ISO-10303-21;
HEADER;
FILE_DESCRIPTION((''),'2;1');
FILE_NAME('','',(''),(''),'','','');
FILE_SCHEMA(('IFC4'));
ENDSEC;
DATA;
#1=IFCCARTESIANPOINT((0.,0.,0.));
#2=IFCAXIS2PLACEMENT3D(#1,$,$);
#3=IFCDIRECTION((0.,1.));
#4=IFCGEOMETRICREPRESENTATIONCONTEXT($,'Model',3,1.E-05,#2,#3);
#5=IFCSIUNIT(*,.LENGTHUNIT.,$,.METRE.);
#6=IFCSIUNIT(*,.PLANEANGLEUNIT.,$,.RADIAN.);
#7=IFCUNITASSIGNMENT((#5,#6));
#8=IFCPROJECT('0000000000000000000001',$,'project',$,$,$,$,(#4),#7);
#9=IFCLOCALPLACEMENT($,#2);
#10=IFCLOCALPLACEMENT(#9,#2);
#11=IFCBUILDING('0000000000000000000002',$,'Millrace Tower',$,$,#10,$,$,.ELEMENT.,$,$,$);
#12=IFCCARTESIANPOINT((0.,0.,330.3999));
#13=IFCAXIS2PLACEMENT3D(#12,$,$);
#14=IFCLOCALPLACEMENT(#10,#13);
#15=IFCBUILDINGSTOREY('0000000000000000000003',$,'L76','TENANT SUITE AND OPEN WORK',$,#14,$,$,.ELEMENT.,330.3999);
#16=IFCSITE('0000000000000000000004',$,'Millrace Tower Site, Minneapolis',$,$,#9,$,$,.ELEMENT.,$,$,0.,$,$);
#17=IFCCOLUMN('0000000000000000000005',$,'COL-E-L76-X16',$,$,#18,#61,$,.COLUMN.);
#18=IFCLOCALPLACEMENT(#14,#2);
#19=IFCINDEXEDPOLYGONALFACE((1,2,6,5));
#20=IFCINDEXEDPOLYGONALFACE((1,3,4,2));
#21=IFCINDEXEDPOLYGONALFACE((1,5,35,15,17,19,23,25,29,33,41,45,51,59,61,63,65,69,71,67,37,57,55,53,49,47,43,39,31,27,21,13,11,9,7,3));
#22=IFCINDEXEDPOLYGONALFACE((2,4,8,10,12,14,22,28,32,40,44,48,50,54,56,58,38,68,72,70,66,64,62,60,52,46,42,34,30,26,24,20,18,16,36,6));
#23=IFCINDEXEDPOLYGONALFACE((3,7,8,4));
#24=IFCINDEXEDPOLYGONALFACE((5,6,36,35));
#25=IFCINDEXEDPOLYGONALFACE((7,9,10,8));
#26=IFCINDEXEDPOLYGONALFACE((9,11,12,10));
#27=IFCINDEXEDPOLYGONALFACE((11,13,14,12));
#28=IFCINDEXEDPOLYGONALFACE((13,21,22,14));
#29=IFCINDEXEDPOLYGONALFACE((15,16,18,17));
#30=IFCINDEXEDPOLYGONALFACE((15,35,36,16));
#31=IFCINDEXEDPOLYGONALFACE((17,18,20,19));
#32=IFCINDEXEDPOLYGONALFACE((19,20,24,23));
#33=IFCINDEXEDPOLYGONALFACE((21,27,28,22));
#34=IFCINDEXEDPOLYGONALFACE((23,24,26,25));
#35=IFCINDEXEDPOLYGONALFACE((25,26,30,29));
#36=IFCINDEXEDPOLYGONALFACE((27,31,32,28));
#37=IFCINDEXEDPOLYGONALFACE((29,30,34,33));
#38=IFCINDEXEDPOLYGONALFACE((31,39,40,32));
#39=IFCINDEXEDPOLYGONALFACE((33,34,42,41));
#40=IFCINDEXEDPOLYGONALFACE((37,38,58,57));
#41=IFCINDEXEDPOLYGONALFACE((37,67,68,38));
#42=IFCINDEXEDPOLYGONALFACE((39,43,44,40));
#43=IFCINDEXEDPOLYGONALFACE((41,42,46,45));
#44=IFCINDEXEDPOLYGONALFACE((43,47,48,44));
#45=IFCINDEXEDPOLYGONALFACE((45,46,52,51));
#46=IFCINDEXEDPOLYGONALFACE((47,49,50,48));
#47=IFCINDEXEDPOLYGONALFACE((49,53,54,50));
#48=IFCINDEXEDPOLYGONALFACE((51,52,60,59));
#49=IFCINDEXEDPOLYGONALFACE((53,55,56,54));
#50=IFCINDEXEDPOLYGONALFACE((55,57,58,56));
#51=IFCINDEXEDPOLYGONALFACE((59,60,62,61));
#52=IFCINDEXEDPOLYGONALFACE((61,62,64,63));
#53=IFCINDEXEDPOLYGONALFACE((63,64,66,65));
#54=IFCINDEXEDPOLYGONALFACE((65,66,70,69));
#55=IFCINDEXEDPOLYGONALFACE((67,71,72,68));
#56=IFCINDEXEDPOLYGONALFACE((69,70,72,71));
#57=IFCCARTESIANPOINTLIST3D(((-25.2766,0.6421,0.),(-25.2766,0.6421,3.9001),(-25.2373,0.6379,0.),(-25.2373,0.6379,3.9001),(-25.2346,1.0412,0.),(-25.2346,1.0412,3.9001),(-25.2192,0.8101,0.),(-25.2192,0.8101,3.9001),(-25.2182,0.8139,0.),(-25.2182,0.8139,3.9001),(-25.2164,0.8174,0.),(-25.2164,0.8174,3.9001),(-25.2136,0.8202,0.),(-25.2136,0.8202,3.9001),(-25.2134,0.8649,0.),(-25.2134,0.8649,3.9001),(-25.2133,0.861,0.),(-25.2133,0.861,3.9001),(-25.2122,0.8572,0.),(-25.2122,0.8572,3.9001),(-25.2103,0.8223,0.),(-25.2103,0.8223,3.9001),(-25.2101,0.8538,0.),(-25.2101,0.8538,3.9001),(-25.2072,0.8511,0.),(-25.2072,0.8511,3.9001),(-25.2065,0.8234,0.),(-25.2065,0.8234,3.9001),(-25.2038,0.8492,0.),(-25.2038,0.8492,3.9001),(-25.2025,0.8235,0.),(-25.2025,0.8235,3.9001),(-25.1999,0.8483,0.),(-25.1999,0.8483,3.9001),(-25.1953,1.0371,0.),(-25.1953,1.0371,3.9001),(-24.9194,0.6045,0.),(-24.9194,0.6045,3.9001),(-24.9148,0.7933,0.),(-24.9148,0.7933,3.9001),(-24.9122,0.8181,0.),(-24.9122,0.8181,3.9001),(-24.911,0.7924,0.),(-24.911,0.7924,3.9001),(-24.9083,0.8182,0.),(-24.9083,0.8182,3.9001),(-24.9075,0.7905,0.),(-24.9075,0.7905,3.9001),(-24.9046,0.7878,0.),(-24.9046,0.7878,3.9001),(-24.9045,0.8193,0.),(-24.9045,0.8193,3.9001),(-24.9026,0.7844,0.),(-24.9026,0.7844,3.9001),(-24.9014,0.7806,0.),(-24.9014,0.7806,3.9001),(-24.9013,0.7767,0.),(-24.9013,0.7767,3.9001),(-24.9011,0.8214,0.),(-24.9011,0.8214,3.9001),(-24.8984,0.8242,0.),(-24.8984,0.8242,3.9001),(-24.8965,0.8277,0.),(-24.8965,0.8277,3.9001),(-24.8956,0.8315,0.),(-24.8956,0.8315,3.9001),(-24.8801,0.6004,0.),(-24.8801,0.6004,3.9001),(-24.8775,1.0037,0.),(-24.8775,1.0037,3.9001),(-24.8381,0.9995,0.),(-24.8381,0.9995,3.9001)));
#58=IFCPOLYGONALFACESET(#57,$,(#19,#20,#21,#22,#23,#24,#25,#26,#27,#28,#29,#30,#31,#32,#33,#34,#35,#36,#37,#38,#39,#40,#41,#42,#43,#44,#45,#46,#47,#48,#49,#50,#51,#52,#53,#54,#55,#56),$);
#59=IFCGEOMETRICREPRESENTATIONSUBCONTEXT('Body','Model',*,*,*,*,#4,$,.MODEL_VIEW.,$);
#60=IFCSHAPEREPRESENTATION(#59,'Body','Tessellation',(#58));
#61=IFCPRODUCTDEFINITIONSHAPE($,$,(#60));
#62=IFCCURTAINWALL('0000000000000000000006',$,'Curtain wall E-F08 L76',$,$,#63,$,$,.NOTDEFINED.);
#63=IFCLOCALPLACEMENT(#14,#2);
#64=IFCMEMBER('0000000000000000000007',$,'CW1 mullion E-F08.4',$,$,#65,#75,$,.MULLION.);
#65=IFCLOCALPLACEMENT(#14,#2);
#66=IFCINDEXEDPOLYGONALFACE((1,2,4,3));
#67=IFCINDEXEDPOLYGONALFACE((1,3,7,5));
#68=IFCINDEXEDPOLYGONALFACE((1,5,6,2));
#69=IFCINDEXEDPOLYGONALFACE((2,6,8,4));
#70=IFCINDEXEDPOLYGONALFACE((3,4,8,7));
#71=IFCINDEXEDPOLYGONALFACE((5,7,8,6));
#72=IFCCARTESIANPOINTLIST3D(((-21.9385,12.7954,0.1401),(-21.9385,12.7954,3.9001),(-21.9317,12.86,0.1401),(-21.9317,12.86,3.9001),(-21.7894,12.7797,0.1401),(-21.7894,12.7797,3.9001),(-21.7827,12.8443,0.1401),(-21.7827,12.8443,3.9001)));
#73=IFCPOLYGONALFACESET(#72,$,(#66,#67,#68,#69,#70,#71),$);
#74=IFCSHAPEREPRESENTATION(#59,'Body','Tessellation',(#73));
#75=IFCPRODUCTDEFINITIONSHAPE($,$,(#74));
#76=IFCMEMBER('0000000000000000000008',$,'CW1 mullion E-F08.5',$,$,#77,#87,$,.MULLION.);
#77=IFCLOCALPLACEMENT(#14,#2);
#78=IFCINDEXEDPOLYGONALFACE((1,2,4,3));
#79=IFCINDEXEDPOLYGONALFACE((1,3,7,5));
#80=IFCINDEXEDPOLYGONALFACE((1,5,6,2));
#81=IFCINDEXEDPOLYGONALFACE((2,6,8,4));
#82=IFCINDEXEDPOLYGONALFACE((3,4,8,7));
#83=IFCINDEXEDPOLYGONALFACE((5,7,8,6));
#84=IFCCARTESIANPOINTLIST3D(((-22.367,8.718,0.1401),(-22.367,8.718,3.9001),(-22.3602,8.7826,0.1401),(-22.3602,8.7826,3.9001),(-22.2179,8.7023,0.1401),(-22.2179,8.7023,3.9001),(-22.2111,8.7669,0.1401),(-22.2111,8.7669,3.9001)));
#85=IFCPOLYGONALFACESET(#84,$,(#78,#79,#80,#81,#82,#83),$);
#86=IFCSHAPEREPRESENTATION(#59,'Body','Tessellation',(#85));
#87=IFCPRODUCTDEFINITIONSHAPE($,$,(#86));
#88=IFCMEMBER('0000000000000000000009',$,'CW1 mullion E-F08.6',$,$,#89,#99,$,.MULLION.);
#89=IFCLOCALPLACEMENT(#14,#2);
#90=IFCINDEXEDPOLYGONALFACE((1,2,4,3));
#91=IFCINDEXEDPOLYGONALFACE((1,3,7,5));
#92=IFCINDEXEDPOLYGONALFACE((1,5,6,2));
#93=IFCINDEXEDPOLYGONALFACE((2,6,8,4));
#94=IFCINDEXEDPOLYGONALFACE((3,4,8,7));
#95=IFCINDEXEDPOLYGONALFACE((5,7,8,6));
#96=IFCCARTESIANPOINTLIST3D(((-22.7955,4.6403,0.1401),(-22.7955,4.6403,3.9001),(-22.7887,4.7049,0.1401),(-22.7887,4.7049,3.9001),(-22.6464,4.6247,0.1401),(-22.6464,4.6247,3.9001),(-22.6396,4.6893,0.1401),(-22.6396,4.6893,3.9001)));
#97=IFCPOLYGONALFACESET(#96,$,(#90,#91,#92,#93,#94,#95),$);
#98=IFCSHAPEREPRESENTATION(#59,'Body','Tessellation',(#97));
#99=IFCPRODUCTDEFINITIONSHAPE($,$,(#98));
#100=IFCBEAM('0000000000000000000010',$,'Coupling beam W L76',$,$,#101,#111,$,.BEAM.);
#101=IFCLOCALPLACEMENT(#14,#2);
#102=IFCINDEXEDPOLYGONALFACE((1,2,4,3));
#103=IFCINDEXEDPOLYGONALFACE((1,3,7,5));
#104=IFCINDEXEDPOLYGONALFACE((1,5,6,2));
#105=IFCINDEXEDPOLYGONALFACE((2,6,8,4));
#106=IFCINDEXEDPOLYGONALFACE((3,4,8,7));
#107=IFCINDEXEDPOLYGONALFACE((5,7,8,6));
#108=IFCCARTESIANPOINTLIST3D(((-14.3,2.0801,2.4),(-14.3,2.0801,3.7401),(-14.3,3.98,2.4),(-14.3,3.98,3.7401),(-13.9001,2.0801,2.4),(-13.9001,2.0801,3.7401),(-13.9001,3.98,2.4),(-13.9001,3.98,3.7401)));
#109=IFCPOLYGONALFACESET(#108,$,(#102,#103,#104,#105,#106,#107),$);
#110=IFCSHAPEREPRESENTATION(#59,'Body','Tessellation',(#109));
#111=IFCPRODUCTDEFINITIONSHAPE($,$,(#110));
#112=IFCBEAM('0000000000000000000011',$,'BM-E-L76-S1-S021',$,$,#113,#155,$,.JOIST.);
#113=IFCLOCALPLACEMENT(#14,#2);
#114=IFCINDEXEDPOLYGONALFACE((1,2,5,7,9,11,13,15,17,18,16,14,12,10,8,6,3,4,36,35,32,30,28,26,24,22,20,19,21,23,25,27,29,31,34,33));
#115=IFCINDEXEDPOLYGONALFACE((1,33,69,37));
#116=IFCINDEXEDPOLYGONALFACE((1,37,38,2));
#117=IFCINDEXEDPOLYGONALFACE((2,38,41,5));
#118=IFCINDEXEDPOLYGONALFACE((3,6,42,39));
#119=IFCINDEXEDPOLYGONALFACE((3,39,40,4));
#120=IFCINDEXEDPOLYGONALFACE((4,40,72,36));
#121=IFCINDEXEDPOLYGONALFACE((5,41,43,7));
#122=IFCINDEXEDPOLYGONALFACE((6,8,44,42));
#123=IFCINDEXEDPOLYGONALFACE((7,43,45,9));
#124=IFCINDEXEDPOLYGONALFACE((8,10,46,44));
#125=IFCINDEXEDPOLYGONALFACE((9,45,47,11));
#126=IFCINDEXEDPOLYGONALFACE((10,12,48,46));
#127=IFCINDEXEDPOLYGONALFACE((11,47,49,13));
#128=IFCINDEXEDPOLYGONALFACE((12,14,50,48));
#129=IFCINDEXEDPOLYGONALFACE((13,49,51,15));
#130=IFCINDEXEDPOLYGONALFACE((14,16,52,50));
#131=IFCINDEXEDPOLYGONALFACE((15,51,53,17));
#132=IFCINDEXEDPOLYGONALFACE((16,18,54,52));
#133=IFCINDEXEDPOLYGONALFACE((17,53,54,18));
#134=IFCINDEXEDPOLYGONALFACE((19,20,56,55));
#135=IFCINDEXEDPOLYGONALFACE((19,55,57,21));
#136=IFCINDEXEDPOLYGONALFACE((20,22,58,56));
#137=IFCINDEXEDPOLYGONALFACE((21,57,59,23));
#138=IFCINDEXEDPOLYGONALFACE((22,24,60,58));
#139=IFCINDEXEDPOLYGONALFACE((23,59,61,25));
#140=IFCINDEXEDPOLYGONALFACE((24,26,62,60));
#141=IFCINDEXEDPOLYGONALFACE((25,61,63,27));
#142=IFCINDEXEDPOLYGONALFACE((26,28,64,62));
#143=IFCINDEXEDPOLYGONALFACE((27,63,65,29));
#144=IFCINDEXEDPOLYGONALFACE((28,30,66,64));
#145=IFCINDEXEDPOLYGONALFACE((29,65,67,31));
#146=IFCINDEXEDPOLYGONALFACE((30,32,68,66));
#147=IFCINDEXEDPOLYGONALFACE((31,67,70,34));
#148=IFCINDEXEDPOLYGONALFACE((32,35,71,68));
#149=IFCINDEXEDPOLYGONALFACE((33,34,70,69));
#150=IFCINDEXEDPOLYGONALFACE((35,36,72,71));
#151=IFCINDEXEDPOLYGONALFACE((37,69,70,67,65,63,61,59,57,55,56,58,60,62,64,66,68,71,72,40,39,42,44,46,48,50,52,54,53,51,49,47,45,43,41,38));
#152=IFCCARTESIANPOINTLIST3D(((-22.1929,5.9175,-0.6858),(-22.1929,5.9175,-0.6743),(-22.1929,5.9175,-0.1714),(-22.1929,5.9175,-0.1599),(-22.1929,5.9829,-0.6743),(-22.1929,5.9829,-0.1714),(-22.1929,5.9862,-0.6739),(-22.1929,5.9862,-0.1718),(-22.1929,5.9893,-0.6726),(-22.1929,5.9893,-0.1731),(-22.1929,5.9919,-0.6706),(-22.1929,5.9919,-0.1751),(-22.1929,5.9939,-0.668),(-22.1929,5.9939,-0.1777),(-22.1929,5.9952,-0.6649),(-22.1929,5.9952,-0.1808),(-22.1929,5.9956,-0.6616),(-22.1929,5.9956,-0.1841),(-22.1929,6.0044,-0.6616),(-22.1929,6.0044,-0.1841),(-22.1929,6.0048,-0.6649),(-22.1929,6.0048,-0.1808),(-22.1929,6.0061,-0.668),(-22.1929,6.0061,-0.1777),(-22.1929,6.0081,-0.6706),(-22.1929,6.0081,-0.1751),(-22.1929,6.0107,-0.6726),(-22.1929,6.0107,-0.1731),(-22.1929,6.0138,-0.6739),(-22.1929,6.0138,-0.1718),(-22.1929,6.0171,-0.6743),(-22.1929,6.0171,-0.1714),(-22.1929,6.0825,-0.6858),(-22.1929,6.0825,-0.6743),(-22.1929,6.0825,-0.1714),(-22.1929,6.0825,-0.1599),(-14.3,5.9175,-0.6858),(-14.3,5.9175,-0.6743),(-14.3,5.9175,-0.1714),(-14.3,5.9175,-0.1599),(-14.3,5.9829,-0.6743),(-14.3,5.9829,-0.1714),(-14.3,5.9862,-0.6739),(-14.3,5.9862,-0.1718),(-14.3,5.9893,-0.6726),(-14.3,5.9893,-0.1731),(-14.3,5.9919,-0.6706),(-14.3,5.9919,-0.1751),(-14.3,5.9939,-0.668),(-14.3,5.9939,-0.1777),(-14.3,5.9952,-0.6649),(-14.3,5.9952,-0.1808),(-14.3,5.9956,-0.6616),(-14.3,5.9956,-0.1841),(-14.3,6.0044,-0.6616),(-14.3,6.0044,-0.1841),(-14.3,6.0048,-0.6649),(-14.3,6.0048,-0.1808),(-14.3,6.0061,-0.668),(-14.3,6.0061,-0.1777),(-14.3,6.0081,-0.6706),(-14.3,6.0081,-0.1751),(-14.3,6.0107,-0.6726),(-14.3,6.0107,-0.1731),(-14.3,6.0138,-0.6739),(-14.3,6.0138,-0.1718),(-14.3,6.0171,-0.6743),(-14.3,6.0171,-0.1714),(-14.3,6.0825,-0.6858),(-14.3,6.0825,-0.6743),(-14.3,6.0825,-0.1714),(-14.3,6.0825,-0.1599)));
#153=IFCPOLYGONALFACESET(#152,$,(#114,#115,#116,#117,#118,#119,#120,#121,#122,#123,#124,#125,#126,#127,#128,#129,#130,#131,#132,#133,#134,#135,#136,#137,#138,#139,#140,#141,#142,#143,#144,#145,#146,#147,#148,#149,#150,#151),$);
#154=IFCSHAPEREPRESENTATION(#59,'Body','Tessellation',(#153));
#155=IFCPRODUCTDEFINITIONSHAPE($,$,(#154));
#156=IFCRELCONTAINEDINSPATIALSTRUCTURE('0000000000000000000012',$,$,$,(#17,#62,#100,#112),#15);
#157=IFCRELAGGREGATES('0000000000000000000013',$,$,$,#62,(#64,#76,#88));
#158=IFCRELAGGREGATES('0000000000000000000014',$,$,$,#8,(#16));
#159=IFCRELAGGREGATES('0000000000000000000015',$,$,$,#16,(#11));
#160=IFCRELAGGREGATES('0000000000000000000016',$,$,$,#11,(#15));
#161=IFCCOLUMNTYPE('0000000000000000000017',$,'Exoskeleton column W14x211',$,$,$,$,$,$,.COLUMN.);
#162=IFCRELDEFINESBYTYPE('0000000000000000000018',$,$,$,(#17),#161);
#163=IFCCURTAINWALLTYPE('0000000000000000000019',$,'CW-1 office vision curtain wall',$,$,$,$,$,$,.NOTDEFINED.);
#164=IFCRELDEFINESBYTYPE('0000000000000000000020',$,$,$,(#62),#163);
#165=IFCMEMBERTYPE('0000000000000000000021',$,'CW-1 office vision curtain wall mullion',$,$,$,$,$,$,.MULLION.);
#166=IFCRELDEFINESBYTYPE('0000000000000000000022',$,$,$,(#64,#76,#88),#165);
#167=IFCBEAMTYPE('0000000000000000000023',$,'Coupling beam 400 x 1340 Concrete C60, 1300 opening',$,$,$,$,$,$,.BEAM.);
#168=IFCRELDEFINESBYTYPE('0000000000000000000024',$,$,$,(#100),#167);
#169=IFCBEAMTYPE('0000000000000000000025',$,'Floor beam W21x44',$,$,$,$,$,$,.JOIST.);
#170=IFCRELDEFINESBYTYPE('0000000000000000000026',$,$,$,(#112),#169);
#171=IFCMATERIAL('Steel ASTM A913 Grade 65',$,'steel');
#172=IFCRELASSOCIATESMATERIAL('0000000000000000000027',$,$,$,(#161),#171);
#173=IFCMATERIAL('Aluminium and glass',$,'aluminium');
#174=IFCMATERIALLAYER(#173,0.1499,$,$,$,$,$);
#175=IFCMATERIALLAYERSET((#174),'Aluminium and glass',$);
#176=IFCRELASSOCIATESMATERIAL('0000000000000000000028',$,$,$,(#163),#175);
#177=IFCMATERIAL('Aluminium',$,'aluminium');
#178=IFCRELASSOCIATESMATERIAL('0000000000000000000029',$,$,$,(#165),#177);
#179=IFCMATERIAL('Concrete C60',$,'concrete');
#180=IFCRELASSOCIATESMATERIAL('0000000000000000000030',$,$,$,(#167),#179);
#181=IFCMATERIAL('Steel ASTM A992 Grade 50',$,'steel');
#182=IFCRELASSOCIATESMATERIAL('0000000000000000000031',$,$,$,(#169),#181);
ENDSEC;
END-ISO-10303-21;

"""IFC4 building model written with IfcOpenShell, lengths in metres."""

from ifc_helpers import new_model, si_unit, direction, frame, origin, origin_2d, place, context, subcontext, project, spatial, rectangle, i_section, extrude, material, layer, layer_set, material_profile, profile_set, type_object, element, aggregate, save


model = new_model("IFC4")

# Units and contexts
model_context = context("Model", 3, precision=1e-05, world=origin(), true_north=direction((0.0, 1.0)))
body_context = subcontext(model_context, "Body", "Model", "MODEL_VIEW")
ifc_project = project(units=[si_unit("LENGTHUNIT", "METRE"), si_unit("PLANEANGLEUNIT", "RADIAN")], contexts=[model_context])

# Site, building, storey
site_placement = place(None, origin())
site = spatial("IfcSite", under=ifc_project, at=site_placement, Name="Millrace Tower Site, Minneapolis", CompositionType="ELEMENT", RefElevation=0.0)
building_placement = place(site_placement, origin())
building = spatial("IfcBuilding", under=site, at=building_placement, Name="Millrace Tower", CompositionType="ELEMENT")
storey_placement = place(building_placement, frame((0.0, 0.0, 330.3999)))
storey = spatial("IfcBuildingStorey", under=building, at=storey_placement, Name="L76", Description="TENANT SUITE AND OPEN WORK", CompositionType="ELEMENT", Elevation=330.3999)

# Column
ifc_material_1 = material(Name="Steel ASTM A913 Grade 65", Category="steel")
ifc_material_profile_1 = material_profile(ifc_material_1, i_section(OverallWidth=0.4014, OverallDepth=0.3987, WebThickness=0.0249, FlangeThickness=0.0396, FilletRadius=0.0151, at=origin_2d()))
ifc_profile_set_1 = profile_set([ifc_material_profile_1], Name="Steel ASTM A913 Grade 65")
column_type = type_object("IfcColumnType", Name="Exoskeleton column W14x211", PredefinedType="COLUMN", material=ifc_profile_set_1)
column_placement = place(storey_placement, frame((-25.0574, 0.8208, 0.0), z_axis=(0.0, 0.0, 1.0), x_axis=(-0.104528, -0.994522, 0.0)))
element("IfcColumn", 1, at=column_placement, inside=storey, type_object=column_type, Name="COL-E-L76-X16", PredefinedType="COLUMN", context=body_context, shape_type="SweptSolid", body=[
    extrude(i_section(OverallWidth=0.4014, OverallDepth=0.3987, WebThickness=0.0249, FlangeThickness=0.0396, FilletRadius=0.0151, at=origin_2d()), origin(), (0.0, 0.0, 1.0), 3.9001),
])

# Curtain wall, members
ifc_material_2 = material(Name="Aluminium and glass", Category="aluminium")
ifc_layer_1 = layer(ifc_material_2, 0.1499)
ifc_layer_set_1 = layer_set([ifc_layer_1], Name="Aluminium and glass")
curtain_wall_type = type_object("IfcCurtainWallType", Name="CW-1 office vision curtain wall", PredefinedType="NOTDEFINED", material=ifc_layer_set_1)
placement = place(storey_placement, origin())
curtain_wall = element("IfcCurtainWall", 2, at=placement, inside=storey, type_object=curtain_wall_type, Name="Curtain wall E-F08 L76", PredefinedType="NOTDEFINED")
ifc_material_3 = material(Name="Aluminium", Category="aluminium")
ifc_material_profile_2 = material_profile(ifc_material_3, rectangle(XDim=0.0649, YDim=0.1499, at=origin_2d()))
ifc_profile_set_2 = profile_set([ifc_material_profile_2], Name="Aluminium")
member_type = type_object("IfcMemberType", Name="CW-1 office vision curtain wall mullion", PredefinedType="MULLION", material=ifc_profile_set_2)
member_1_placement = place(storey_placement, frame((-21.8606, 12.8198, 0.1401), z_axis=(0.0, 0.0, 1.0), x_axis=(-0.104528, -0.994522, 0.0)))
member_1 = element("IfcMember", 3, at=member_1_placement, type_object=member_type, Name="CW1 mullion E-F08.4", PredefinedType="MULLION", context=body_context, shape_type="SweptSolid", body=[
    extrude(rectangle(XDim=0.0649, YDim=0.1499, at=origin_2d()), origin(), (0.0, 0.0, 1.0), 3.76),
])
member_2_placement = place(storey_placement, frame((-22.2891, 8.7424, 0.1401), z_axis=(0.0, 0.0, 1.0), x_axis=(-0.104528, -0.994522, 0.0)))
member_2 = element("IfcMember", 4, at=member_2_placement, type_object=member_type, Name="CW1 mullion E-F08.5", PredefinedType="MULLION", context=body_context, shape_type="SweptSolid", body=[
    extrude(rectangle(XDim=0.0649, YDim=0.1499, at=origin_2d()), origin(), (0.0, 0.0, 1.0), 3.76),
])
member_3_placement = place(storey_placement, frame((-22.7175, 4.6648, 0.1401), z_axis=(0.0, 0.0, 1.0), x_axis=(-0.104528, -0.994522, 0.0)))
member_3 = element("IfcMember", 5, at=member_3_placement, type_object=member_type, Name="CW1 mullion E-F08.6", PredefinedType="MULLION", context=body_context, shape_type="SweptSolid", body=[
    extrude(rectangle(XDim=0.0649, YDim=0.1499, at=origin_2d()), origin(), (0.0, 0.0, 1.0), 3.76),
])
aggregate(curtain_wall, [member_1, member_2, member_3])

# Beams
ifc_material_4 = material(Name="Concrete C60", Category="concrete")
ifc_material_profile_3 = material_profile(ifc_material_4, rectangle(XDim=0.3999, YDim=1.3401, at=origin_2d()))
ifc_profile_set_3 = profile_set([ifc_material_profile_3], Name="Concrete C60")
beam_type_1 = type_object("IfcBeamType", Name="Coupling beam 400 x 1340 Concrete C60, 1300 opening", PredefinedType="BEAM", material=ifc_profile_set_3)
beam_1_placement = place(storey_placement, frame((-14.1001, 2.0801, 3.0701), z_axis=(0.0, 1.0, 0.0), x_axis=(-1.0, 0.0, 0.0)))
element("IfcBeam", 6, at=beam_1_placement, inside=storey, type_object=beam_type_1, Name="Coupling beam W L76", PredefinedType="BEAM", context=body_context, shape_type="SweptSolid", body=[
    extrude(rectangle(XDim=0.3999, YDim=1.3401, at=origin_2d()), origin(), (0.0, 0.0, 1.0), 1.8999),
])
ifc_material_5 = material(Name="Steel ASTM A992 Grade 50", Category="steel")
ifc_material_profile_4 = material_profile(ifc_material_5, i_section(OverallWidth=0.165, OverallDepth=0.5259, WebThickness=0.0088, FlangeThickness=0.0115, FilletRadius=0.0127, at=origin_2d()))
ifc_profile_set_4 = profile_set([ifc_material_profile_4], Name="Steel ASTM A992 Grade 50")
beam_type_2 = type_object("IfcBeamType", Name="Floor beam W21x44", PredefinedType="JOIST", material=ifc_profile_set_4)
beam_2_placement = place(storey_placement, frame((-22.1929, 6.0, -0.4229), z_axis=(1.0, 0.0, 0.0), x_axis=(0.0, 1.0, 0.0)))
element("IfcBeam", 7, at=beam_2_placement, inside=storey, type_object=beam_type_2, Name="BM-E-L76-S1-S021", PredefinedType="JOIST", context=body_context, shape_type="SweptSolid", body=[
    extrude(i_section(OverallWidth=0.165, OverallDepth=0.5259, WebThickness=0.0088, FlangeThickness=0.0115, FilletRadius=0.0127, at=origin_2d()), origin(), (0.0, 0.0, 1.0), 7.8928),
])

save(model, "model.ifc")
